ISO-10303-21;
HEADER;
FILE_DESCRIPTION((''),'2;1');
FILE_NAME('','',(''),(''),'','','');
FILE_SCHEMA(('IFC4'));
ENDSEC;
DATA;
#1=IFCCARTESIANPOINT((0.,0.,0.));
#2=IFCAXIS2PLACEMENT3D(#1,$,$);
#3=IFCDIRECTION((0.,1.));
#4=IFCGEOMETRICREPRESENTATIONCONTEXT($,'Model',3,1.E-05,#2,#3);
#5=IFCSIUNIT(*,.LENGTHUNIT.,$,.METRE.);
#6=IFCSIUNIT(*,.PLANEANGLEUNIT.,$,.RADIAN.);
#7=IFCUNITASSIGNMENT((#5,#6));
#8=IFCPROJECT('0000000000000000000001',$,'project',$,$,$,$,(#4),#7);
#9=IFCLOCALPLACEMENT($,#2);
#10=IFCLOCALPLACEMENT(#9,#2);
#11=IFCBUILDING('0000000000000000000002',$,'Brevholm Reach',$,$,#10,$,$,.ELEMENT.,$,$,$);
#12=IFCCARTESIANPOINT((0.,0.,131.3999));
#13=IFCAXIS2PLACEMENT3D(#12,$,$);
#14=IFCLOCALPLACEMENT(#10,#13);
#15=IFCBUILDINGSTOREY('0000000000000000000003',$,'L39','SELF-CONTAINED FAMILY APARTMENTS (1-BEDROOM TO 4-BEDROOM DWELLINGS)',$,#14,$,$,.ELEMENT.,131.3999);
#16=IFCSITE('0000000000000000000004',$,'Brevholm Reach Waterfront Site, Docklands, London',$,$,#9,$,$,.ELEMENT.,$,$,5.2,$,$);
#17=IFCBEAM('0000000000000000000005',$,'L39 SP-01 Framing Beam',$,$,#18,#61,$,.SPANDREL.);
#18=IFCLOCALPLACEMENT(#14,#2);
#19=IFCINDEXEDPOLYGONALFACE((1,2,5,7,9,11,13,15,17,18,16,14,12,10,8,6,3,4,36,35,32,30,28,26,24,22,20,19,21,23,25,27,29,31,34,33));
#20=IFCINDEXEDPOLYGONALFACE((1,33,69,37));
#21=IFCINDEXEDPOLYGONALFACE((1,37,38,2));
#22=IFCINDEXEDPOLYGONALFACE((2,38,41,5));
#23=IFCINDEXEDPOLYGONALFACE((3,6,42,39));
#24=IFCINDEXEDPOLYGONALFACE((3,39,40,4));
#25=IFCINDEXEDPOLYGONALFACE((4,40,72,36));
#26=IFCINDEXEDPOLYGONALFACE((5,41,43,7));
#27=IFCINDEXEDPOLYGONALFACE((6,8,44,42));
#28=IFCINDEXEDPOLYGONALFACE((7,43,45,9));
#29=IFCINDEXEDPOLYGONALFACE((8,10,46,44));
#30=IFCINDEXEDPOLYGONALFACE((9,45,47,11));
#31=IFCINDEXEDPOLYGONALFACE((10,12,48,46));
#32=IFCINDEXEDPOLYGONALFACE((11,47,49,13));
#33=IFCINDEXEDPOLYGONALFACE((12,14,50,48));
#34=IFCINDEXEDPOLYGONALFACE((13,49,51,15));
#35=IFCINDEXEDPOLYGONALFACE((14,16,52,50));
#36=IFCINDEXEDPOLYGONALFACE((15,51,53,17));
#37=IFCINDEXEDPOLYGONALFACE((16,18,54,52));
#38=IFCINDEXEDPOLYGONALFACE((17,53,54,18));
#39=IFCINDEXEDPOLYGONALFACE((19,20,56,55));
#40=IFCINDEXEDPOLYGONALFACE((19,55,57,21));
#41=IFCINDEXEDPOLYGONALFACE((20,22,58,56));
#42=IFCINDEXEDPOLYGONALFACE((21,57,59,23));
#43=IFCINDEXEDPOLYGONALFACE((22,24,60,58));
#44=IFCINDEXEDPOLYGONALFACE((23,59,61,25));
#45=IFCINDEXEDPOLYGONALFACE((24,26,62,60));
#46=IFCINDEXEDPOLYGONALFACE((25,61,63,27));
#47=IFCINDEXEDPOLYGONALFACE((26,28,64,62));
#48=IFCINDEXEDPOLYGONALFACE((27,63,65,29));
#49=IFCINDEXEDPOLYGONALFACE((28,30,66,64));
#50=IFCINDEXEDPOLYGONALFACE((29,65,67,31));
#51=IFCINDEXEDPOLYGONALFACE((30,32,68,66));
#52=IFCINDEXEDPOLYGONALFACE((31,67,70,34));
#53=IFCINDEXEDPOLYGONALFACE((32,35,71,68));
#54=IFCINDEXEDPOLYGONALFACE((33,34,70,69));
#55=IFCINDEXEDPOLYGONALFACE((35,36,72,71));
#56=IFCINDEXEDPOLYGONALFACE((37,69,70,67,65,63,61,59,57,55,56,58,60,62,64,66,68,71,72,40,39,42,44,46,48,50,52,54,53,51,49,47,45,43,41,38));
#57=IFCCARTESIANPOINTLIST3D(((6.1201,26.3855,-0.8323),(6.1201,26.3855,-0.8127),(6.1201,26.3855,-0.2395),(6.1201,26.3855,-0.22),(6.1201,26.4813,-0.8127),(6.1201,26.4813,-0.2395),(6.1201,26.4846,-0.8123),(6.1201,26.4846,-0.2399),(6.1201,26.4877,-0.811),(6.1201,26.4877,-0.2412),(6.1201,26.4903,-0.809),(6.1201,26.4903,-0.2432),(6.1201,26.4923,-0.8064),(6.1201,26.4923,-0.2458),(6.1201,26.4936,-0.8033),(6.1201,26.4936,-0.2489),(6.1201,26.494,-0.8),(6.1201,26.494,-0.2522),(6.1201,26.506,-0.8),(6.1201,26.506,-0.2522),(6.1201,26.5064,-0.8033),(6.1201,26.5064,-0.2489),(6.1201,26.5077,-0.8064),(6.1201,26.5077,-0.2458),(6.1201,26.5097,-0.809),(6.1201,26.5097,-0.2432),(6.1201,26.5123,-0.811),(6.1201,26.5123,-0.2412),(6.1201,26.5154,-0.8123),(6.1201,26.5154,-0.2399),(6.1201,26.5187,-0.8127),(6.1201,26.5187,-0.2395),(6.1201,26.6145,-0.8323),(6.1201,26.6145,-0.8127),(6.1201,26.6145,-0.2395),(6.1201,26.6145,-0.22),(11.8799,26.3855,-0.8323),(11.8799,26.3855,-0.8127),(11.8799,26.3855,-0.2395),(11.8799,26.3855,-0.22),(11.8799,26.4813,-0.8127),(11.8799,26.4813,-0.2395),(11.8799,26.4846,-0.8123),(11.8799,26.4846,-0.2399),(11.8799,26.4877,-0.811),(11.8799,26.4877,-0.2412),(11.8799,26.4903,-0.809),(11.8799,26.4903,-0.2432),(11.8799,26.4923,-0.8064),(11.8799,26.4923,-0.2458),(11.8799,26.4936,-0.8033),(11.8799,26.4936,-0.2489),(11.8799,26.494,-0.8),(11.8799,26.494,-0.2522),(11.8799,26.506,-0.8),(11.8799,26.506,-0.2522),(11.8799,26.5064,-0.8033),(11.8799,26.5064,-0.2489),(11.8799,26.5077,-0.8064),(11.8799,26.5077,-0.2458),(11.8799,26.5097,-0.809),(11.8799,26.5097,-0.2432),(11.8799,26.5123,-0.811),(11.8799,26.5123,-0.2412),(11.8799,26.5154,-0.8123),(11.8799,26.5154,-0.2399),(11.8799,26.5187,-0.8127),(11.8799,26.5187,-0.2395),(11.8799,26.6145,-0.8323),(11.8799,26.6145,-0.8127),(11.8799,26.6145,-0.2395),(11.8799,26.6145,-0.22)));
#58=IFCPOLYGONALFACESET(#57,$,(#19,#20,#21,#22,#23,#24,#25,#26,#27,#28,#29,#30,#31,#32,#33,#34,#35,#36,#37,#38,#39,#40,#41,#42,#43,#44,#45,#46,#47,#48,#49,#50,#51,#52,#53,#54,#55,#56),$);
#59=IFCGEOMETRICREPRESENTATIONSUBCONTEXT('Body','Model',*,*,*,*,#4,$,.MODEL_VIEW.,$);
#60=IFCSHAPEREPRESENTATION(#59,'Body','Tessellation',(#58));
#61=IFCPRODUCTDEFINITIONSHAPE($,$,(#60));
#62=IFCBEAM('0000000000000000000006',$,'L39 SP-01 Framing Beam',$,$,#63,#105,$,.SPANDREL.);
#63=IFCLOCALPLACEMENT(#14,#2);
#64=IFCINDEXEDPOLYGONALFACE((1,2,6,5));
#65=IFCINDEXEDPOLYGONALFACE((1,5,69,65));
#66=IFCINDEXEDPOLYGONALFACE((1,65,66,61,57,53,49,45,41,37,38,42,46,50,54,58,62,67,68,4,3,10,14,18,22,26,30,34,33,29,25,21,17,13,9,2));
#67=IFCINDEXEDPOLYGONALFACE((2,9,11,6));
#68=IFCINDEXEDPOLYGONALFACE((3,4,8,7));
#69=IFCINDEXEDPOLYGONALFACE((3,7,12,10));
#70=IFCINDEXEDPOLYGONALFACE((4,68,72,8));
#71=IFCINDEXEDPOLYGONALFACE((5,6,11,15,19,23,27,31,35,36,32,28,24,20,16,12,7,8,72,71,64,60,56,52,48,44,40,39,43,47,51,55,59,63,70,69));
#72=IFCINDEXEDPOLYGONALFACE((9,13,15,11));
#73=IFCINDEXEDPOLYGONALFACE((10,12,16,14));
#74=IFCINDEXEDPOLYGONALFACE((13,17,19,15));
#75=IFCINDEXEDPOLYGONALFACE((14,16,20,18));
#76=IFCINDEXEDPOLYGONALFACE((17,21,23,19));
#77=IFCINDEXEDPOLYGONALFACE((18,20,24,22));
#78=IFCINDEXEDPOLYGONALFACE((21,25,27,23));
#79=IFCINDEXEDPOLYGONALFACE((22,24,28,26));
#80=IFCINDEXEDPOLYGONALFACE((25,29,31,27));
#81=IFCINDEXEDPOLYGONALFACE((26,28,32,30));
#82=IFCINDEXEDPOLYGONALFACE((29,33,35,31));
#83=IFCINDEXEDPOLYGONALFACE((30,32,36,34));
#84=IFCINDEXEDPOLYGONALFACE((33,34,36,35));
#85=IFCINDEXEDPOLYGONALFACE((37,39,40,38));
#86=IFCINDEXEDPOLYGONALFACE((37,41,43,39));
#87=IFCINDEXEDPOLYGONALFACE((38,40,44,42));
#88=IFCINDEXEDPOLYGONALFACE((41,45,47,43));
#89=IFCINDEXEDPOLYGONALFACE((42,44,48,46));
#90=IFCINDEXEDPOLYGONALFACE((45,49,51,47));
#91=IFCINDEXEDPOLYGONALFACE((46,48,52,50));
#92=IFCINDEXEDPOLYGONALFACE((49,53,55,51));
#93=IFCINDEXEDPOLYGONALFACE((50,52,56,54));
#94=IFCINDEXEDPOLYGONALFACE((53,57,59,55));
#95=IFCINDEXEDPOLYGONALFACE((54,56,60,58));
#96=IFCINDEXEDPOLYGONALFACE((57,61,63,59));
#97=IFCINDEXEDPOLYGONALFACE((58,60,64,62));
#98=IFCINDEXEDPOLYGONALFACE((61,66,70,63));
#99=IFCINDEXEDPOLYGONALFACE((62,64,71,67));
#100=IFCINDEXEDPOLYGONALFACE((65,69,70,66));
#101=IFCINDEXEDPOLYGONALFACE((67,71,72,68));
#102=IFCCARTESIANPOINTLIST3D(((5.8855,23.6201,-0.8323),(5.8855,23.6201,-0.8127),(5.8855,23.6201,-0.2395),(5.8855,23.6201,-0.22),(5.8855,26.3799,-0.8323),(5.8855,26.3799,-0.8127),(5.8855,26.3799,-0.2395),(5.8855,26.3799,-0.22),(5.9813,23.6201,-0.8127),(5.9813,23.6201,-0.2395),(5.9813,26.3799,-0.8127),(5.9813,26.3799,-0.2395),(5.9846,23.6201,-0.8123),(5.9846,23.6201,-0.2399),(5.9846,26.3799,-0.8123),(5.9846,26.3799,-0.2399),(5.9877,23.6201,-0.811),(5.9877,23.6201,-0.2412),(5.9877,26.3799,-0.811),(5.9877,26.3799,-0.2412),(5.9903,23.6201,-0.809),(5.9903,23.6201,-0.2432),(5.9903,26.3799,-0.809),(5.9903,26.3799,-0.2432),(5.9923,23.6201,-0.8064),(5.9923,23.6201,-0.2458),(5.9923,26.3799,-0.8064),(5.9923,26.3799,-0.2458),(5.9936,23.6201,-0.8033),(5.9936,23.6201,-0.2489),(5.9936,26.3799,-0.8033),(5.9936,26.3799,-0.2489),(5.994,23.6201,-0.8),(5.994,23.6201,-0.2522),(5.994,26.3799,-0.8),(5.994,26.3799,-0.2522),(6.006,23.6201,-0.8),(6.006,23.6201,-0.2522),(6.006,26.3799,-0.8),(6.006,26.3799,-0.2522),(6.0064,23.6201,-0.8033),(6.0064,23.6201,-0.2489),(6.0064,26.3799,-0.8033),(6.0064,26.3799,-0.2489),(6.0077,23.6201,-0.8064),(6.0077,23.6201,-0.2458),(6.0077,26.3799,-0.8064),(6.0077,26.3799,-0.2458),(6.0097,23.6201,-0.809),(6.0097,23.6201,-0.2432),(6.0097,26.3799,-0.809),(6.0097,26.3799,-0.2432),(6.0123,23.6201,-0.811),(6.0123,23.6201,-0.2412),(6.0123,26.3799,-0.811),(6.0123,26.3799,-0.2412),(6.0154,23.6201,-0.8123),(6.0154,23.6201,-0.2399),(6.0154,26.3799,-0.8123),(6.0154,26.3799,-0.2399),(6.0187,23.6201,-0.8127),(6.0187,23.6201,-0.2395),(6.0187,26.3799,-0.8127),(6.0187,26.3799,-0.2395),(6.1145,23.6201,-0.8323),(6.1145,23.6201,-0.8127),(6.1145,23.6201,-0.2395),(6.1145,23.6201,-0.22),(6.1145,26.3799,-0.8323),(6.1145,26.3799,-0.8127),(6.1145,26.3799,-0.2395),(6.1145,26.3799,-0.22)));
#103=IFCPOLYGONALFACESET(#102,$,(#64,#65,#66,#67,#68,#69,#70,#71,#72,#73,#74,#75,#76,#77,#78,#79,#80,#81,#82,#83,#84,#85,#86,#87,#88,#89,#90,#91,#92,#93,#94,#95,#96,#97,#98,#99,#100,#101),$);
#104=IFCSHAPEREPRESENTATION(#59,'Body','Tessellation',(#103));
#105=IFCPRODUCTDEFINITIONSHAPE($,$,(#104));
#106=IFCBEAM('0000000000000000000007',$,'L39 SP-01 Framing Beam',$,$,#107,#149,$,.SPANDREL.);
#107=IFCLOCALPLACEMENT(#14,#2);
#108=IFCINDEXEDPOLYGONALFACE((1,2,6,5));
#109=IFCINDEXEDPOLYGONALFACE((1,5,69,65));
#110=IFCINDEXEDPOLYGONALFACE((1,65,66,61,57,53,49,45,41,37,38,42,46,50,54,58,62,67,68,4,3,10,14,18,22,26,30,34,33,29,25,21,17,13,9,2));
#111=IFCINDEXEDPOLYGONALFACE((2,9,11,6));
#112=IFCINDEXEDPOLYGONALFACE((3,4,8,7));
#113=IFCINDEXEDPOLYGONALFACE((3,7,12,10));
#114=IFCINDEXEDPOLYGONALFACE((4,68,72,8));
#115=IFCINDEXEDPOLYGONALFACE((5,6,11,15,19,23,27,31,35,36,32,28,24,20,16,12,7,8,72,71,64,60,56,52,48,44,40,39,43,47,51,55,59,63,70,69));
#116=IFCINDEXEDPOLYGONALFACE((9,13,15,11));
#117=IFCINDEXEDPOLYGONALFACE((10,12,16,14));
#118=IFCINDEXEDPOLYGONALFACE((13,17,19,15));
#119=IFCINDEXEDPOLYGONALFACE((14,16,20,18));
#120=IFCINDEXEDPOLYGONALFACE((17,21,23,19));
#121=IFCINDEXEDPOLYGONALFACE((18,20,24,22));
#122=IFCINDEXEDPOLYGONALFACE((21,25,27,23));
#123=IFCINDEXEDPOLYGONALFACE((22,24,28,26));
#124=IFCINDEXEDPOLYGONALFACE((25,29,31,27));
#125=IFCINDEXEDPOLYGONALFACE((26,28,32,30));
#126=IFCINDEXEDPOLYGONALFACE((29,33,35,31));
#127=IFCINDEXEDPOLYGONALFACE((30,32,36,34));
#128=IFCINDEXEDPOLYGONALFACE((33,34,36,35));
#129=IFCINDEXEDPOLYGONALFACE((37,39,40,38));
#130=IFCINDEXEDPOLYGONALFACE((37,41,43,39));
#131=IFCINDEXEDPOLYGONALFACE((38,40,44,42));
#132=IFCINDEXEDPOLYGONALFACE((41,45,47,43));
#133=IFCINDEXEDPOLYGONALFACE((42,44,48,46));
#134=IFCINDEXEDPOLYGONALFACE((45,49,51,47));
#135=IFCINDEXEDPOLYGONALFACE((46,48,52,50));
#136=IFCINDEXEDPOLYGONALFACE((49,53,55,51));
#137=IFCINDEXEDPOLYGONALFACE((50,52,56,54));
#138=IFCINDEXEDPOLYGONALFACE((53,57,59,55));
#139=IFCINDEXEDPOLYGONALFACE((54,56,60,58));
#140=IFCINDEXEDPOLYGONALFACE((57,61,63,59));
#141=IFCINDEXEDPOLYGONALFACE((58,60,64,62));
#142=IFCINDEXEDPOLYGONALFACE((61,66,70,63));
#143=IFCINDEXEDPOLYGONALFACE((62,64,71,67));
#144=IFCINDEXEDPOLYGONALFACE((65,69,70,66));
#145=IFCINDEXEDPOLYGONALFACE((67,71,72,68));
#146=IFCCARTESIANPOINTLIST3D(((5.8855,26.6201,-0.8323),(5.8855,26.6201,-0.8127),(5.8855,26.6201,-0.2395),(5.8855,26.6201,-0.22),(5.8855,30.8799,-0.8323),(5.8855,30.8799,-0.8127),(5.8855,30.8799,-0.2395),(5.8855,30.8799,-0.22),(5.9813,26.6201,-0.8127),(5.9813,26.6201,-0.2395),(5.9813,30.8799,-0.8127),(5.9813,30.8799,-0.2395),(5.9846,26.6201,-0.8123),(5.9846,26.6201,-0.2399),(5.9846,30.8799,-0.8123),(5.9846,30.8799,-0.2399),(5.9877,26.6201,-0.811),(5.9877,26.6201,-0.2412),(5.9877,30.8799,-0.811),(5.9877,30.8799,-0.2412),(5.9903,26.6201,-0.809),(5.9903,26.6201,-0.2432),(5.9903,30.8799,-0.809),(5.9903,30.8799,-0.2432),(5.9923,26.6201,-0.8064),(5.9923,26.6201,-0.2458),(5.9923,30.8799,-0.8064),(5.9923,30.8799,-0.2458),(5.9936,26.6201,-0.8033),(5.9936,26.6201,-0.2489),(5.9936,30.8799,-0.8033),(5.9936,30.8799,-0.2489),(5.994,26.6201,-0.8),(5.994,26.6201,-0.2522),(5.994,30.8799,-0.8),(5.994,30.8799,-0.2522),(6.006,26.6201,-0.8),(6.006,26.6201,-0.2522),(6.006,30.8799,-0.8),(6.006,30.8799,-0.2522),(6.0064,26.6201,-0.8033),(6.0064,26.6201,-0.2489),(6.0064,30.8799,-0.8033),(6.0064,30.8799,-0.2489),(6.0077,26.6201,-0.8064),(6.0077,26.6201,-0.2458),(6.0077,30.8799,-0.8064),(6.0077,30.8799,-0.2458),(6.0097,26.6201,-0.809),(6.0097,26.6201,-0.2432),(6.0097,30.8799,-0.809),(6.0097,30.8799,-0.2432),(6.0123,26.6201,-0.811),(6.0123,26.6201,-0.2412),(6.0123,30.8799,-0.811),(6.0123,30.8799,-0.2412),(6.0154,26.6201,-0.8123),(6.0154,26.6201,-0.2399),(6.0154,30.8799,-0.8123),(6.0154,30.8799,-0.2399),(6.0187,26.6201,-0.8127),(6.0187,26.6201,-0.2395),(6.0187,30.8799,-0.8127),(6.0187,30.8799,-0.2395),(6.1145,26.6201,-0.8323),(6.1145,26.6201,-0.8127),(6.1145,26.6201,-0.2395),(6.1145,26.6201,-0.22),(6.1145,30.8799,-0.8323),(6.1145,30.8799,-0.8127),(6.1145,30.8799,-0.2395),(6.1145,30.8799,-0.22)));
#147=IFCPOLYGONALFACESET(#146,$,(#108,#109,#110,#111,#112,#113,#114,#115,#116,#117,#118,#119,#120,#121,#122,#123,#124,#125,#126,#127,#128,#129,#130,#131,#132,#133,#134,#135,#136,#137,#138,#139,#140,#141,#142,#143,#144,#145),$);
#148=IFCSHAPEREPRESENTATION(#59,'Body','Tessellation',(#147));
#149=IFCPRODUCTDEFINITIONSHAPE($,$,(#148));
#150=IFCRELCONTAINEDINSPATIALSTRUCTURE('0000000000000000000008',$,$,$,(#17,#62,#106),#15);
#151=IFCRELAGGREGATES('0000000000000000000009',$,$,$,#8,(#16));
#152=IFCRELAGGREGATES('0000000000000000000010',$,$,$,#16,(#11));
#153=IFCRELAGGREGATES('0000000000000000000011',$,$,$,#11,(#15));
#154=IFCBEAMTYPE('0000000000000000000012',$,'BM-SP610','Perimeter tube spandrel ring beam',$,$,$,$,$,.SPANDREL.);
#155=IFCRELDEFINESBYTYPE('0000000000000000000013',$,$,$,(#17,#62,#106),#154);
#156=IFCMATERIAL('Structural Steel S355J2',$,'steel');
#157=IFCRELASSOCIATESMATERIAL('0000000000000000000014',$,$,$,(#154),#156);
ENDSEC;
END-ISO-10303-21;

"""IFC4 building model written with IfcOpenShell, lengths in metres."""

from ifc_helpers import new_model, si_unit, direction, frame, origin, origin_2d, place, context, subcontext, project, spatial, i_section, extrude, material, material_profile, profile_set, type_object, element, save


model = new_model("IFC4")

# Units and contexts
model_context = context("Model", 3, precision=1e-05, world=origin(), true_north=direction((0.0, 1.0)))
body_context = subcontext(model_context, "Body", "Model", "MODEL_VIEW")
ifc_project = project(units=[si_unit("LENGTHUNIT", "METRE"), si_unit("PLANEANGLEUNIT", "RADIAN")], contexts=[model_context])

# Site, building, storey
site_placement = place(None, origin())
site = spatial("IfcSite", under=ifc_project, at=site_placement, Name="Brevholm Reach Waterfront Site, Docklands, London", CompositionType="ELEMENT", RefElevation=5.2)
building_placement = place(site_placement, origin())
building = spatial("IfcBuilding", under=site, at=building_placement, Name="Brevholm Reach", CompositionType="ELEMENT")
storey_placement = place(building_placement, frame((0.0, 0.0, 131.3999)))
storey = spatial("IfcBuildingStorey", under=building, at=storey_placement, Name="L39", Description="SELF-CONTAINED FAMILY APARTMENTS (1-BEDROOM TO 4-BEDROOM DWELLINGS)", CompositionType="ELEMENT", Elevation=131.3999)

# Beams
ifc_material_1 = material(Name="Structural Steel S355J2", Category="steel")
ifc_material_profile_1 = material_profile(ifc_material_1, i_section(OverallWidth=0.229, OverallDepth=0.6123, WebThickness=0.012, FlangeThickness=0.0195, FilletRadius=0.0127, at=origin_2d()), Name="UKB 610x229x125")
ifc_profile_set_1 = profile_set([ifc_material_profile_1], Name="Structural Steel S355J2")
beam_type_1 = type_object("IfcBeamType", Name="BM-SP610", Description="Perimeter tube spandrel ring beam", PredefinedType="SPANDREL", material=ifc_profile_set_1)
for number, where, z_axis, x_axis, name in (
    (1, (6.1201, 26.5, -0.5261), (1.0, 0.0, 0.0), (0.0, 1.0, 0.0), "L39 SP-01 Framing Beam"),
):
    element("IfcBeam", number, at=place(storey_placement, frame(where, z_axis=z_axis, x_axis=x_axis)), inside=storey, type_object=beam_type_1, Name=name, PredefinedType="SPANDREL", context=body_context, shape_type="SweptSolid", body=[
        extrude(i_section(OverallWidth=0.229, OverallDepth=0.6123, WebThickness=0.012, FlangeThickness=0.0195, FilletRadius=0.0127, at=origin_2d()), origin(), (0.0, 0.0, 1.0), 5.7598),
    ])
beam_1_placement = place(storey_placement, frame((6.0, 23.6201, -0.5261), z_axis=(0.0, 1.0, 0.0), x_axis=(-1.0, 0.0, 0.0)))
element("IfcBeam", 2, at=beam_1_placement, inside=storey, type_object=beam_type_1, Name="L39 SP-01 Framing Beam", PredefinedType="SPANDREL", context=body_context, shape_type="SweptSolid", body=[
    extrude(i_section(OverallWidth=0.229, OverallDepth=0.6123, WebThickness=0.012, FlangeThickness=0.0195, FilletRadius=0.0127, at=origin_2d()), origin(), (0.0, 0.0, 1.0), 2.7598),
])
beam_2_placement = place(storey_placement, frame((6.0, 26.6201, -0.5261), z_axis=(0.0, 1.0, 0.0), x_axis=(-1.0, 0.0, 0.0)))
element("IfcBeam", 3, at=beam_2_placement, inside=storey, type_object=beam_type_1, Name="L39 SP-01 Framing Beam", PredefinedType="SPANDREL", context=body_context, shape_type="SweptSolid", body=[
    extrude(i_section(OverallWidth=0.229, OverallDepth=0.6123, WebThickness=0.012, FlangeThickness=0.0195, FilletRadius=0.0127, at=origin_2d()), origin(), (0.0, 0.0, 1.0), 4.2598),
])

save(model, "model.ifc")
